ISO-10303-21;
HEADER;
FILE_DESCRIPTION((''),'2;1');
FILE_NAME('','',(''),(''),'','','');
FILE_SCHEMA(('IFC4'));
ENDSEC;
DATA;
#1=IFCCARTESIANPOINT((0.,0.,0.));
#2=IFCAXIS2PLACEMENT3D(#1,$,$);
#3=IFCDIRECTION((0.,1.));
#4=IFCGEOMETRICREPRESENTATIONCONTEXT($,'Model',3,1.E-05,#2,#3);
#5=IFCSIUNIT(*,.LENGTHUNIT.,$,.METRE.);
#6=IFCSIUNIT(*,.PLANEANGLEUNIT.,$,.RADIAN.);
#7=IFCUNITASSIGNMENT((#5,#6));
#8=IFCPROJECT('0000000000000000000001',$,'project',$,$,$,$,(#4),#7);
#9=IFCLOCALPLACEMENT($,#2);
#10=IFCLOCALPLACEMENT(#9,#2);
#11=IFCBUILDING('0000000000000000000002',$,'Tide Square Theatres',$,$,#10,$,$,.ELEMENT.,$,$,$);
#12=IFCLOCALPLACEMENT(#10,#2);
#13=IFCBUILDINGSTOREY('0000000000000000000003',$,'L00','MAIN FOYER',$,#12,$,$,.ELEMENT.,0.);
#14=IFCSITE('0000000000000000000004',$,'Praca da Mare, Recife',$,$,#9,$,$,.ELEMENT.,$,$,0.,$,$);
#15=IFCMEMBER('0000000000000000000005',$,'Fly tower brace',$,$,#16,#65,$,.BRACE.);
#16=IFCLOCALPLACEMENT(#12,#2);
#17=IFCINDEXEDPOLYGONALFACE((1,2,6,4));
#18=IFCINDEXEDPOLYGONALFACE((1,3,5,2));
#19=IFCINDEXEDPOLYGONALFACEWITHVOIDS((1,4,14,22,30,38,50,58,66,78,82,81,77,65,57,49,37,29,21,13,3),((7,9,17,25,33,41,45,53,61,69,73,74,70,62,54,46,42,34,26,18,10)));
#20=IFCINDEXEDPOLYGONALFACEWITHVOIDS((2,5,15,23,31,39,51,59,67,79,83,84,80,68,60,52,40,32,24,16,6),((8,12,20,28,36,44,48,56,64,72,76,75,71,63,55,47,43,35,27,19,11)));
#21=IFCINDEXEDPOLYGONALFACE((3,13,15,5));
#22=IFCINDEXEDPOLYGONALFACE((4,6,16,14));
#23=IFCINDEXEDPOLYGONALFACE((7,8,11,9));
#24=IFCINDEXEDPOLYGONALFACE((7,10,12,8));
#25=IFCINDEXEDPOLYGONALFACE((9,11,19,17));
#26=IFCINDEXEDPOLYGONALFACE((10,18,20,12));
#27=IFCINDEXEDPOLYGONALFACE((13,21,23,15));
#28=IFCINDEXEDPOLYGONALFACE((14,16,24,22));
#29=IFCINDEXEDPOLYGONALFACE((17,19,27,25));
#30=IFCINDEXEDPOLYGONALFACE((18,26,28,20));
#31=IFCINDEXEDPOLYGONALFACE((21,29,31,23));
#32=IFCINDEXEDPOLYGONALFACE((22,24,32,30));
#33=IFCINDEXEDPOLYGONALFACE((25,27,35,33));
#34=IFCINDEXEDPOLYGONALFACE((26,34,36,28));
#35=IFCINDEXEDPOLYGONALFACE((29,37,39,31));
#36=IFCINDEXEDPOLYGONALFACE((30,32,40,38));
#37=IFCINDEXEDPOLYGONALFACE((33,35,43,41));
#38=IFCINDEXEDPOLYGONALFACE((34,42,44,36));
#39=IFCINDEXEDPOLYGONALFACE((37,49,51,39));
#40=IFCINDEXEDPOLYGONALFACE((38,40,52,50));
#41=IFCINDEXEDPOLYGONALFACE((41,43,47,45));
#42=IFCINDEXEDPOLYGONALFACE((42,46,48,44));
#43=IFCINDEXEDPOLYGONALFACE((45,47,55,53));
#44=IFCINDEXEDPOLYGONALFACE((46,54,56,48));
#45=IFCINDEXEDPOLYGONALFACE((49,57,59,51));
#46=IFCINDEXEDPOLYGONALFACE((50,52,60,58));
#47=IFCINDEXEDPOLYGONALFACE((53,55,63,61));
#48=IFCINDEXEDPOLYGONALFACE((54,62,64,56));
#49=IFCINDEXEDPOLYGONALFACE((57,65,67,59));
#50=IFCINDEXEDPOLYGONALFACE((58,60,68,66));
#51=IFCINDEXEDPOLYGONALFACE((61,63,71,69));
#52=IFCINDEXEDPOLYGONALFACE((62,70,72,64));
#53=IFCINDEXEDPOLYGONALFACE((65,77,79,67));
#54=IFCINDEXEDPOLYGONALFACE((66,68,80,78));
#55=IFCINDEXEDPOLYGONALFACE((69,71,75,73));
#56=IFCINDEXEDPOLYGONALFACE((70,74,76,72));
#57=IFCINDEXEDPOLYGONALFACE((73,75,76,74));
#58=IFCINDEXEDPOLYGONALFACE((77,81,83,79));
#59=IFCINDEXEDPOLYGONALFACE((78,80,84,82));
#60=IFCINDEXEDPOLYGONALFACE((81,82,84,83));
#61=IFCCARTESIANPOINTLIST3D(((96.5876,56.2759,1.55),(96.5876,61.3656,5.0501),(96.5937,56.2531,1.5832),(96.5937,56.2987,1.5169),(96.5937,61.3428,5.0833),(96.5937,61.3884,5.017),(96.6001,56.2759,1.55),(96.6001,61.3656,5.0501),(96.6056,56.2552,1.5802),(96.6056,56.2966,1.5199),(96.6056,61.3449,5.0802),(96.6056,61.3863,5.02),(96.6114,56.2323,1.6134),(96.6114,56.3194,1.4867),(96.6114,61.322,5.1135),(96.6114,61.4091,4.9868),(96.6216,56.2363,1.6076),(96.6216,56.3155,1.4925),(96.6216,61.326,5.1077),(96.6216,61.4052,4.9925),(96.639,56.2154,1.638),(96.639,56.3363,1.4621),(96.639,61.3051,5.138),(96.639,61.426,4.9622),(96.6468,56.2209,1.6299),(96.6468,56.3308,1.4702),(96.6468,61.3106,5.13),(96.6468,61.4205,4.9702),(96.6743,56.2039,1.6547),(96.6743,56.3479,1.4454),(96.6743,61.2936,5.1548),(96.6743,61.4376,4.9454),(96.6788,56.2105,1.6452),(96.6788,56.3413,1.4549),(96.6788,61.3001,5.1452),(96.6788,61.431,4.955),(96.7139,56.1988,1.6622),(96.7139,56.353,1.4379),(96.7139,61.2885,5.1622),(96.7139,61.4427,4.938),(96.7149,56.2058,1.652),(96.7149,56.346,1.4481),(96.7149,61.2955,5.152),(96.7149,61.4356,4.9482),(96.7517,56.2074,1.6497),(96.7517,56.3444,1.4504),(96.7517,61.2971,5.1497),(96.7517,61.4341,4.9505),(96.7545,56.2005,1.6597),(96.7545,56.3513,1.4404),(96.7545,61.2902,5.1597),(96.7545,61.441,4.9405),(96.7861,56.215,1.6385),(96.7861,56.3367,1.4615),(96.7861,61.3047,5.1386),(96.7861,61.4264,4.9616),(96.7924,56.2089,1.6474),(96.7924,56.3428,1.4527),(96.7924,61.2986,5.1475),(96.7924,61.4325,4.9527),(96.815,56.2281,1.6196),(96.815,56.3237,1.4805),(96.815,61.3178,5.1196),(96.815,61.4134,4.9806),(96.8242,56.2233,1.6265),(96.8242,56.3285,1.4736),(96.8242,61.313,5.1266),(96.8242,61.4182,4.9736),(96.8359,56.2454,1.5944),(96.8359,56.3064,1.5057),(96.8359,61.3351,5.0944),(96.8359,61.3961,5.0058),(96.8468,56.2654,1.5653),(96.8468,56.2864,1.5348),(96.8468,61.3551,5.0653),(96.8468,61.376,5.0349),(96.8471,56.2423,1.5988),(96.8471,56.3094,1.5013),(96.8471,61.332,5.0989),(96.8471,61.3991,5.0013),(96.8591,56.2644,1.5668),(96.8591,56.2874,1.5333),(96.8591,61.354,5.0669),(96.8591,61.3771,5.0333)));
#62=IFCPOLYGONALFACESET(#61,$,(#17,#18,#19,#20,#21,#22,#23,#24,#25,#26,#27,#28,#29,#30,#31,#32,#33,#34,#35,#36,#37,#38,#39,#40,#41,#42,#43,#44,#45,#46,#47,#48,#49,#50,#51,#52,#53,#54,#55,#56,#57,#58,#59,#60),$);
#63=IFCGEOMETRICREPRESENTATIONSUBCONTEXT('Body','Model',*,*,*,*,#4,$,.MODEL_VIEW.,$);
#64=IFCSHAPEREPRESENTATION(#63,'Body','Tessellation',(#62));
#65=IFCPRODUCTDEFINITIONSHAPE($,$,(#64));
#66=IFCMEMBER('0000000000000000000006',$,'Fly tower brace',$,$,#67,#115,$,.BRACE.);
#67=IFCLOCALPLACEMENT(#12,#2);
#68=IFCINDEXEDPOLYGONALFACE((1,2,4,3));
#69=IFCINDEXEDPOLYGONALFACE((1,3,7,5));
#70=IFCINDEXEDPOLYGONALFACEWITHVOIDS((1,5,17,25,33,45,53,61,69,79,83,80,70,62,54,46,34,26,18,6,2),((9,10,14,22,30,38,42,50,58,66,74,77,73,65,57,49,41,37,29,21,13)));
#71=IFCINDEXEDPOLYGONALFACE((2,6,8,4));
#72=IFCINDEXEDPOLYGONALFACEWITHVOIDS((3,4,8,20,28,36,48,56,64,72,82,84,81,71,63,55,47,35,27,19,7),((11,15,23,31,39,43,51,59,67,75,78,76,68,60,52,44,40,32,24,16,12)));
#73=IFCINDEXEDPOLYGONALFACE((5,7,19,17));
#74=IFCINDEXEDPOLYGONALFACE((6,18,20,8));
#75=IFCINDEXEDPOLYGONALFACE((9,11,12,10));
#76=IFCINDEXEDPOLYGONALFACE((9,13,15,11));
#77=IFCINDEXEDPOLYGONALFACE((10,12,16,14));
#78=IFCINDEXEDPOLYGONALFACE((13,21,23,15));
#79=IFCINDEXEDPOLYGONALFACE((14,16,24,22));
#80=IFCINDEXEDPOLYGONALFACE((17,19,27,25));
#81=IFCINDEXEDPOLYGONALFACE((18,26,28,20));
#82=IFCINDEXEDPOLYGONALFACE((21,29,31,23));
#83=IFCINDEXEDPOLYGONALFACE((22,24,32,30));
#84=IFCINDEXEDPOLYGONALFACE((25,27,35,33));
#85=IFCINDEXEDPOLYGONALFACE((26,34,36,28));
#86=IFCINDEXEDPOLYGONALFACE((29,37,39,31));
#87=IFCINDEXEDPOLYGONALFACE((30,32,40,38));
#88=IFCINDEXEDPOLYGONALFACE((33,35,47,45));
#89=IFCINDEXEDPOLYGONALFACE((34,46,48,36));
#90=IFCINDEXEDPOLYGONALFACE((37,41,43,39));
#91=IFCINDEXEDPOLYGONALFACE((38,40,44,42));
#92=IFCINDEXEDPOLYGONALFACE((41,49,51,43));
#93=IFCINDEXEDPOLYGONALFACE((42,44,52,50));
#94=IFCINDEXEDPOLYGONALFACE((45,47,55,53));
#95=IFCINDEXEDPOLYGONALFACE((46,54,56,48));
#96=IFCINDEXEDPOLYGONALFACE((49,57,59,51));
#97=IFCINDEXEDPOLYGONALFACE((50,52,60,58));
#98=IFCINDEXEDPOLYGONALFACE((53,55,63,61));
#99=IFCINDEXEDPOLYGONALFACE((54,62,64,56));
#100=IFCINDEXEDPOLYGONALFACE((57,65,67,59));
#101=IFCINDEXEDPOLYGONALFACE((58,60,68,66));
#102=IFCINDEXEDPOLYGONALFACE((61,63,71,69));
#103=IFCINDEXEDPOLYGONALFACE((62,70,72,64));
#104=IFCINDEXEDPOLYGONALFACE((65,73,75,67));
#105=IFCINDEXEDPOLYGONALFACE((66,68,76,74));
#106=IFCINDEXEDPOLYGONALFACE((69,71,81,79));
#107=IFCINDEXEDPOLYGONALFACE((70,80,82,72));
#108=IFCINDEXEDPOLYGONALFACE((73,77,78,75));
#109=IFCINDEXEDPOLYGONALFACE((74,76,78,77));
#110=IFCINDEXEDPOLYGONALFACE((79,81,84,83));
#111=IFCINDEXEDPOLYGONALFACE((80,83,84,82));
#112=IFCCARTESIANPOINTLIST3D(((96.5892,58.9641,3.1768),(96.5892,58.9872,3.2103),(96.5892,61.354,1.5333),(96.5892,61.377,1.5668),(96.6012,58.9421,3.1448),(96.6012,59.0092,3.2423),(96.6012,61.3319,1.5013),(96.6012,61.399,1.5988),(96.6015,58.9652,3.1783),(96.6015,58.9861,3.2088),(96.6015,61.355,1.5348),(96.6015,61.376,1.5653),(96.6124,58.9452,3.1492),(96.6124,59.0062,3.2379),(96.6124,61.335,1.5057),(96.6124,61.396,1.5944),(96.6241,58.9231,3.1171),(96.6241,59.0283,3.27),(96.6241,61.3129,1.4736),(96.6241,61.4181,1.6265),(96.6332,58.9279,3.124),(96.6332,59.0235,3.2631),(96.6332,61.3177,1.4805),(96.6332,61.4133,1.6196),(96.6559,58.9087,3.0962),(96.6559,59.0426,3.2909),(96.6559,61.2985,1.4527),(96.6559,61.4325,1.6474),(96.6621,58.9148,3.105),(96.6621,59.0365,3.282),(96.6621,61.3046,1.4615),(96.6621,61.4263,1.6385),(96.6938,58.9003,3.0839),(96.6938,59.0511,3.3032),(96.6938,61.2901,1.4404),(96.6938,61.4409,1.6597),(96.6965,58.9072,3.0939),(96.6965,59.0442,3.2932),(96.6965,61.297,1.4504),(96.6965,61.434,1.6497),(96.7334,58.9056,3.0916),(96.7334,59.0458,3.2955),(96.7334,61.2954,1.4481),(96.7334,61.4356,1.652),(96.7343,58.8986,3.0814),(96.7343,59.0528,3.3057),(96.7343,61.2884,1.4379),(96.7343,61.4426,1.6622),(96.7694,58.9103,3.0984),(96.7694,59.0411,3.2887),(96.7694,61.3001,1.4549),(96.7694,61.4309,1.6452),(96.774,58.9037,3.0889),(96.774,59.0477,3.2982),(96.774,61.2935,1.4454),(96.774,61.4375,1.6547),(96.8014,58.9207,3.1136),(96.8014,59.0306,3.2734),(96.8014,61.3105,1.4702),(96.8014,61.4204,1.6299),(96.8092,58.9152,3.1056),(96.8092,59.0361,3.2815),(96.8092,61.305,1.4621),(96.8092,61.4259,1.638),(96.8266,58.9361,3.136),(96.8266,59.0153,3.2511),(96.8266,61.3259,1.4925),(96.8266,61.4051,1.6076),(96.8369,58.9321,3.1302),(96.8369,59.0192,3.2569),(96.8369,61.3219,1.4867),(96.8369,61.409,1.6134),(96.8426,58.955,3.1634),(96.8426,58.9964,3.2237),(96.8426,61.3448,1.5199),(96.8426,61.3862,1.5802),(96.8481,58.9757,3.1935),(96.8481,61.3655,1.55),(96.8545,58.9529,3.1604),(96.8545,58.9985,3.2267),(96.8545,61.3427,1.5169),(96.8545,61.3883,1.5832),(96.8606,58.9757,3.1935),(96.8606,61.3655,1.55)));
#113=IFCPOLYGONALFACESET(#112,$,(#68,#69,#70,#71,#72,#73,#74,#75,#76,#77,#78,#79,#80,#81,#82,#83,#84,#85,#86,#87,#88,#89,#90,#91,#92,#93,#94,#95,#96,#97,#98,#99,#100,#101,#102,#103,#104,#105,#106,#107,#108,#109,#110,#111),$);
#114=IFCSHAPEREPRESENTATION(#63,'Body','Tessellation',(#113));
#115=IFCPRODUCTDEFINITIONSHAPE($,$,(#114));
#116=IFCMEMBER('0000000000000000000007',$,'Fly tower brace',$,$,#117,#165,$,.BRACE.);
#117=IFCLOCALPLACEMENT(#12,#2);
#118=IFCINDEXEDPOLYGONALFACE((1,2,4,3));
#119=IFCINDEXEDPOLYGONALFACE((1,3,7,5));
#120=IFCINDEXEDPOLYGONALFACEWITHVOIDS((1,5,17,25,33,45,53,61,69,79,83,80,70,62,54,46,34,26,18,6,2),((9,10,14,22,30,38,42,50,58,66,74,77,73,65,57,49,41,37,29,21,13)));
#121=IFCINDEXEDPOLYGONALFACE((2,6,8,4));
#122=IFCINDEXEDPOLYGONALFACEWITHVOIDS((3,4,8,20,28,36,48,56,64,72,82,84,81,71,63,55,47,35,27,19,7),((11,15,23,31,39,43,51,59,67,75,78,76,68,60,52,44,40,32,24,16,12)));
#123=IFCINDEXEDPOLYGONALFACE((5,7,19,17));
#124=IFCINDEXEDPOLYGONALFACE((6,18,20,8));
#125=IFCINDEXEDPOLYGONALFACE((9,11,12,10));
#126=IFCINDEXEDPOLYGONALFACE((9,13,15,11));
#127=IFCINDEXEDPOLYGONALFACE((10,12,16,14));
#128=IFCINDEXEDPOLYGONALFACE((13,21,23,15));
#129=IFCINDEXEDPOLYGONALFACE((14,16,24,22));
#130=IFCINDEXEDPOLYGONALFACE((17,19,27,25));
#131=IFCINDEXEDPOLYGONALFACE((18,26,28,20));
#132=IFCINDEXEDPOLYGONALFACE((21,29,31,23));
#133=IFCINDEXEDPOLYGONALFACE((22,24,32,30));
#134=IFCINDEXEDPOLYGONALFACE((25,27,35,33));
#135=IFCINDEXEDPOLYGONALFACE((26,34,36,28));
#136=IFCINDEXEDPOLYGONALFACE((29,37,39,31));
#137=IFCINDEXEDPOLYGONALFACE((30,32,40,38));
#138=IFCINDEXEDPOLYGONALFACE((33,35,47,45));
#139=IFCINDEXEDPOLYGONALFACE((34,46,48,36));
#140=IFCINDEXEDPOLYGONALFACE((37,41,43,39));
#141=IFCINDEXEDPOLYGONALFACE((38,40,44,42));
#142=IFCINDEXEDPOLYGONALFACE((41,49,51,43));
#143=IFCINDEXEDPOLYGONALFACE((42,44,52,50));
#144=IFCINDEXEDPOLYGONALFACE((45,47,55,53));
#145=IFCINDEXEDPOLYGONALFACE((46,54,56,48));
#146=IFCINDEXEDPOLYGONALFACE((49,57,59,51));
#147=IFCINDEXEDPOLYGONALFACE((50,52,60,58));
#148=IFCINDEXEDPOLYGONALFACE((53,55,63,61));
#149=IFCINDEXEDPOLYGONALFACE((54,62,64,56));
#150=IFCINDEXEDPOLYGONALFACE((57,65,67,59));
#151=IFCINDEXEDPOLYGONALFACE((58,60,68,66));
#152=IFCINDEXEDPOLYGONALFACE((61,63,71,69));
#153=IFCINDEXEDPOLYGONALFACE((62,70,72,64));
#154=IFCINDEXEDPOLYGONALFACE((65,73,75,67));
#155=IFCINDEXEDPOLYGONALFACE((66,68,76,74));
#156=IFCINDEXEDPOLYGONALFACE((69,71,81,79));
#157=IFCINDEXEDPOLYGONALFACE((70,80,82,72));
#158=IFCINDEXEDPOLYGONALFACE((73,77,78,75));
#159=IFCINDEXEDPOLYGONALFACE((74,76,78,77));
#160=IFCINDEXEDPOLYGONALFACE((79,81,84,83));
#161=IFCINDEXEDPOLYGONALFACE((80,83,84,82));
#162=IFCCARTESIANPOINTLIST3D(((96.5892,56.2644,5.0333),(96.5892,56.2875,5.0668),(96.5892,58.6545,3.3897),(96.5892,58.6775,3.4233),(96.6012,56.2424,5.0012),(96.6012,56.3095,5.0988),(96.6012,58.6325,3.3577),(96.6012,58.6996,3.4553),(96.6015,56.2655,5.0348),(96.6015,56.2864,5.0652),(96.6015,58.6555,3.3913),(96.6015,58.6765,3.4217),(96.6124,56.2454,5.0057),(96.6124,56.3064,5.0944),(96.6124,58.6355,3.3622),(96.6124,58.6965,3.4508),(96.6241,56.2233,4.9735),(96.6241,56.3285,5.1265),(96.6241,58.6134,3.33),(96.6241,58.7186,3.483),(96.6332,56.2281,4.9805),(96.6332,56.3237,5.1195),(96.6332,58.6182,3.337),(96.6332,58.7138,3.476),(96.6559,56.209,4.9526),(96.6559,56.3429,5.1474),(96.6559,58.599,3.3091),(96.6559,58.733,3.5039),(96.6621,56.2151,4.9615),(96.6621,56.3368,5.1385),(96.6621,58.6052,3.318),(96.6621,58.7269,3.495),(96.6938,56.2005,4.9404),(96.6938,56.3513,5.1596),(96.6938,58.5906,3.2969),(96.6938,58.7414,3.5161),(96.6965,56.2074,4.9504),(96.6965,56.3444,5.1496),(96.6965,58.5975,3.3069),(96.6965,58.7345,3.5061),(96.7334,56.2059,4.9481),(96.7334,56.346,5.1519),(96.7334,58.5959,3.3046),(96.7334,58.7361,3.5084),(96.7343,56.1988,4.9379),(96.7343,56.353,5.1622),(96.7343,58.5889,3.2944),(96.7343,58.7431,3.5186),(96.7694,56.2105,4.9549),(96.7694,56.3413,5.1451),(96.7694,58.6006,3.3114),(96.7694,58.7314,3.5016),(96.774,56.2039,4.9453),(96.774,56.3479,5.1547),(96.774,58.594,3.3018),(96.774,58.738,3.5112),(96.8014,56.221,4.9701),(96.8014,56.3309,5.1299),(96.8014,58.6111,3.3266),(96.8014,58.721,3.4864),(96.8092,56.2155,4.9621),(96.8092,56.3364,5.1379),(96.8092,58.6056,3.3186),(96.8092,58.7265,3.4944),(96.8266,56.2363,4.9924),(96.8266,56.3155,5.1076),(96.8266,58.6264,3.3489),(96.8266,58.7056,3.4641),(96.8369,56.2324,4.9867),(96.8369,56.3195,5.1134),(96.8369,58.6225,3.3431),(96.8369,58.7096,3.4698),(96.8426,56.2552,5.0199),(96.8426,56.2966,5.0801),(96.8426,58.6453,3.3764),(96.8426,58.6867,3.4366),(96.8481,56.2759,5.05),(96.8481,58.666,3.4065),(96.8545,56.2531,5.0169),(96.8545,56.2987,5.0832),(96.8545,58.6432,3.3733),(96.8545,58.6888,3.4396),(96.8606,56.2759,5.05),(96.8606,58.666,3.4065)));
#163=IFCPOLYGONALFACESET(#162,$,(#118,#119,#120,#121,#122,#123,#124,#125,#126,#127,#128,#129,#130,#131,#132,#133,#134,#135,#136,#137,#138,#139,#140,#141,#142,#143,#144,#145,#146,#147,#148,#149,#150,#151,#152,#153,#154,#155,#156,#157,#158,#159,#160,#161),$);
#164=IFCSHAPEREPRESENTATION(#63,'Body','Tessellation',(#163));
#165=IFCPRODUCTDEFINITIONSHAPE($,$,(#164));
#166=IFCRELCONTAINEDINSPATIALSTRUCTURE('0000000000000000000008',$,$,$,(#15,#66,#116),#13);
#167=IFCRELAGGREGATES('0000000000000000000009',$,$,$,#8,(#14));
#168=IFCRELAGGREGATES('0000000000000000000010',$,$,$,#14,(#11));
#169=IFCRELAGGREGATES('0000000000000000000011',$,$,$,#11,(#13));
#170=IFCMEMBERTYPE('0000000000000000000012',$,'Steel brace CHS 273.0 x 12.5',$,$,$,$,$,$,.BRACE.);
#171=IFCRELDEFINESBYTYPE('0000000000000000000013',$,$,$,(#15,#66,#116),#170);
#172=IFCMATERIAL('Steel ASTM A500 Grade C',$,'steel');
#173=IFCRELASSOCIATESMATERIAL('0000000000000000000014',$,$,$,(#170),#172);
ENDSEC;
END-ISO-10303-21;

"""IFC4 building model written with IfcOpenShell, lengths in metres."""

from ifc_helpers import new_model, si_unit, direction, frame, origin, origin_2d, place, context, subcontext, project, spatial, hollow_circle, extrude, material, material_profile, profile_set, type_object, element, save


model = new_model("IFC4")

# Units and contexts
model_context = context("Model", 3, precision=1e-05, world=origin(), true_north=direction((0.0, 1.0)))
body_context = subcontext(model_context, "Body", "Model", "MODEL_VIEW")
ifc_project = project(units=[si_unit("LENGTHUNIT", "METRE"), si_unit("PLANEANGLEUNIT", "RADIAN")], contexts=[model_context])

# Site, building, storey
site_placement = place(None, origin())
site = spatial("IfcSite", under=ifc_project, at=site_placement, Name="Praca da Mare, Recife", CompositionType="ELEMENT", RefElevation=0.0)
building_placement = place(site_placement, origin())
building = spatial("IfcBuilding", under=site, at=building_placement, Name="Tide Square Theatres", CompositionType="ELEMENT")
storey_placement = place(building_placement, origin())
storey = spatial("IfcBuildingStorey", under=building, at=storey_placement, Name="L00", Description="MAIN FOYER", CompositionType="ELEMENT", Elevation=0.0)

# Members
ifc_material_1 = material(Name="Steel ASTM A500 Grade C", Category="steel")
ifc_material_profile_1 = material_profile(ifc_material_1, hollow_circle(Radius=0.1365, WallThickness=0.0125, at=origin_2d()))
ifc_profile_set_1 = profile_set([ifc_material_profile_1], Name="Steel ASTM A500 Grade C")
member_type = type_object("IfcMemberType", Name="Steel brace CHS 273.0 x 12.5", PredefinedType="BRACE", material=ifc_profile_set_1)
member_1_placement = place(storey_placement, frame((96.7241, 56.2759, 1.55), z_axis=(0.0, 0.823974, 0.566628), x_axis=(-1.0, 0.0, 0.0)))
element("IfcMember", 1, at=member_1_placement, inside=storey, type_object=member_type, Name="Fly tower brace", PredefinedType="BRACE", context=body_context, shape_type="SweptSolid", body=[
    extrude(hollow_circle(Radius=0.1365, WallThickness=0.0125, at=origin_2d()), origin(), (0.0, 0.0, 1.0), 6.177),
])
member_2_placement = place(storey_placement, frame((96.7241, 61.3655, 1.55), z_axis=(0.0, -0.823961, 0.566647), x_axis=(1.0, 0.0, 0.0)))
element("IfcMember", 2, at=member_2_placement, inside=storey, type_object=member_type, Name="Fly tower brace", PredefinedType="BRACE", context=body_context, shape_type="SweptSolid", body=[
    extrude(hollow_circle(Radius=0.1365, WallThickness=0.0125, at=origin_2d()), origin(), (0.0, 0.0, 1.0), 2.9004),
])
member_3_placement = place(storey_placement, frame((96.7241, 58.666, 3.4065), z_axis=(0.0, -0.823988, 0.566607), x_axis=(1.0, 0.0, 0.0)))
element("IfcMember", 3, at=member_3_placement, inside=storey, type_object=member_type, Name="Fly tower brace", PredefinedType="BRACE", context=body_context, shape_type="SweptSolid", body=[
    extrude(hollow_circle(Radius=0.1365, WallThickness=0.0125, at=origin_2d()), origin(), (0.0, 0.0, 1.0), 2.9006),
])

save(model, "model.ifc")
